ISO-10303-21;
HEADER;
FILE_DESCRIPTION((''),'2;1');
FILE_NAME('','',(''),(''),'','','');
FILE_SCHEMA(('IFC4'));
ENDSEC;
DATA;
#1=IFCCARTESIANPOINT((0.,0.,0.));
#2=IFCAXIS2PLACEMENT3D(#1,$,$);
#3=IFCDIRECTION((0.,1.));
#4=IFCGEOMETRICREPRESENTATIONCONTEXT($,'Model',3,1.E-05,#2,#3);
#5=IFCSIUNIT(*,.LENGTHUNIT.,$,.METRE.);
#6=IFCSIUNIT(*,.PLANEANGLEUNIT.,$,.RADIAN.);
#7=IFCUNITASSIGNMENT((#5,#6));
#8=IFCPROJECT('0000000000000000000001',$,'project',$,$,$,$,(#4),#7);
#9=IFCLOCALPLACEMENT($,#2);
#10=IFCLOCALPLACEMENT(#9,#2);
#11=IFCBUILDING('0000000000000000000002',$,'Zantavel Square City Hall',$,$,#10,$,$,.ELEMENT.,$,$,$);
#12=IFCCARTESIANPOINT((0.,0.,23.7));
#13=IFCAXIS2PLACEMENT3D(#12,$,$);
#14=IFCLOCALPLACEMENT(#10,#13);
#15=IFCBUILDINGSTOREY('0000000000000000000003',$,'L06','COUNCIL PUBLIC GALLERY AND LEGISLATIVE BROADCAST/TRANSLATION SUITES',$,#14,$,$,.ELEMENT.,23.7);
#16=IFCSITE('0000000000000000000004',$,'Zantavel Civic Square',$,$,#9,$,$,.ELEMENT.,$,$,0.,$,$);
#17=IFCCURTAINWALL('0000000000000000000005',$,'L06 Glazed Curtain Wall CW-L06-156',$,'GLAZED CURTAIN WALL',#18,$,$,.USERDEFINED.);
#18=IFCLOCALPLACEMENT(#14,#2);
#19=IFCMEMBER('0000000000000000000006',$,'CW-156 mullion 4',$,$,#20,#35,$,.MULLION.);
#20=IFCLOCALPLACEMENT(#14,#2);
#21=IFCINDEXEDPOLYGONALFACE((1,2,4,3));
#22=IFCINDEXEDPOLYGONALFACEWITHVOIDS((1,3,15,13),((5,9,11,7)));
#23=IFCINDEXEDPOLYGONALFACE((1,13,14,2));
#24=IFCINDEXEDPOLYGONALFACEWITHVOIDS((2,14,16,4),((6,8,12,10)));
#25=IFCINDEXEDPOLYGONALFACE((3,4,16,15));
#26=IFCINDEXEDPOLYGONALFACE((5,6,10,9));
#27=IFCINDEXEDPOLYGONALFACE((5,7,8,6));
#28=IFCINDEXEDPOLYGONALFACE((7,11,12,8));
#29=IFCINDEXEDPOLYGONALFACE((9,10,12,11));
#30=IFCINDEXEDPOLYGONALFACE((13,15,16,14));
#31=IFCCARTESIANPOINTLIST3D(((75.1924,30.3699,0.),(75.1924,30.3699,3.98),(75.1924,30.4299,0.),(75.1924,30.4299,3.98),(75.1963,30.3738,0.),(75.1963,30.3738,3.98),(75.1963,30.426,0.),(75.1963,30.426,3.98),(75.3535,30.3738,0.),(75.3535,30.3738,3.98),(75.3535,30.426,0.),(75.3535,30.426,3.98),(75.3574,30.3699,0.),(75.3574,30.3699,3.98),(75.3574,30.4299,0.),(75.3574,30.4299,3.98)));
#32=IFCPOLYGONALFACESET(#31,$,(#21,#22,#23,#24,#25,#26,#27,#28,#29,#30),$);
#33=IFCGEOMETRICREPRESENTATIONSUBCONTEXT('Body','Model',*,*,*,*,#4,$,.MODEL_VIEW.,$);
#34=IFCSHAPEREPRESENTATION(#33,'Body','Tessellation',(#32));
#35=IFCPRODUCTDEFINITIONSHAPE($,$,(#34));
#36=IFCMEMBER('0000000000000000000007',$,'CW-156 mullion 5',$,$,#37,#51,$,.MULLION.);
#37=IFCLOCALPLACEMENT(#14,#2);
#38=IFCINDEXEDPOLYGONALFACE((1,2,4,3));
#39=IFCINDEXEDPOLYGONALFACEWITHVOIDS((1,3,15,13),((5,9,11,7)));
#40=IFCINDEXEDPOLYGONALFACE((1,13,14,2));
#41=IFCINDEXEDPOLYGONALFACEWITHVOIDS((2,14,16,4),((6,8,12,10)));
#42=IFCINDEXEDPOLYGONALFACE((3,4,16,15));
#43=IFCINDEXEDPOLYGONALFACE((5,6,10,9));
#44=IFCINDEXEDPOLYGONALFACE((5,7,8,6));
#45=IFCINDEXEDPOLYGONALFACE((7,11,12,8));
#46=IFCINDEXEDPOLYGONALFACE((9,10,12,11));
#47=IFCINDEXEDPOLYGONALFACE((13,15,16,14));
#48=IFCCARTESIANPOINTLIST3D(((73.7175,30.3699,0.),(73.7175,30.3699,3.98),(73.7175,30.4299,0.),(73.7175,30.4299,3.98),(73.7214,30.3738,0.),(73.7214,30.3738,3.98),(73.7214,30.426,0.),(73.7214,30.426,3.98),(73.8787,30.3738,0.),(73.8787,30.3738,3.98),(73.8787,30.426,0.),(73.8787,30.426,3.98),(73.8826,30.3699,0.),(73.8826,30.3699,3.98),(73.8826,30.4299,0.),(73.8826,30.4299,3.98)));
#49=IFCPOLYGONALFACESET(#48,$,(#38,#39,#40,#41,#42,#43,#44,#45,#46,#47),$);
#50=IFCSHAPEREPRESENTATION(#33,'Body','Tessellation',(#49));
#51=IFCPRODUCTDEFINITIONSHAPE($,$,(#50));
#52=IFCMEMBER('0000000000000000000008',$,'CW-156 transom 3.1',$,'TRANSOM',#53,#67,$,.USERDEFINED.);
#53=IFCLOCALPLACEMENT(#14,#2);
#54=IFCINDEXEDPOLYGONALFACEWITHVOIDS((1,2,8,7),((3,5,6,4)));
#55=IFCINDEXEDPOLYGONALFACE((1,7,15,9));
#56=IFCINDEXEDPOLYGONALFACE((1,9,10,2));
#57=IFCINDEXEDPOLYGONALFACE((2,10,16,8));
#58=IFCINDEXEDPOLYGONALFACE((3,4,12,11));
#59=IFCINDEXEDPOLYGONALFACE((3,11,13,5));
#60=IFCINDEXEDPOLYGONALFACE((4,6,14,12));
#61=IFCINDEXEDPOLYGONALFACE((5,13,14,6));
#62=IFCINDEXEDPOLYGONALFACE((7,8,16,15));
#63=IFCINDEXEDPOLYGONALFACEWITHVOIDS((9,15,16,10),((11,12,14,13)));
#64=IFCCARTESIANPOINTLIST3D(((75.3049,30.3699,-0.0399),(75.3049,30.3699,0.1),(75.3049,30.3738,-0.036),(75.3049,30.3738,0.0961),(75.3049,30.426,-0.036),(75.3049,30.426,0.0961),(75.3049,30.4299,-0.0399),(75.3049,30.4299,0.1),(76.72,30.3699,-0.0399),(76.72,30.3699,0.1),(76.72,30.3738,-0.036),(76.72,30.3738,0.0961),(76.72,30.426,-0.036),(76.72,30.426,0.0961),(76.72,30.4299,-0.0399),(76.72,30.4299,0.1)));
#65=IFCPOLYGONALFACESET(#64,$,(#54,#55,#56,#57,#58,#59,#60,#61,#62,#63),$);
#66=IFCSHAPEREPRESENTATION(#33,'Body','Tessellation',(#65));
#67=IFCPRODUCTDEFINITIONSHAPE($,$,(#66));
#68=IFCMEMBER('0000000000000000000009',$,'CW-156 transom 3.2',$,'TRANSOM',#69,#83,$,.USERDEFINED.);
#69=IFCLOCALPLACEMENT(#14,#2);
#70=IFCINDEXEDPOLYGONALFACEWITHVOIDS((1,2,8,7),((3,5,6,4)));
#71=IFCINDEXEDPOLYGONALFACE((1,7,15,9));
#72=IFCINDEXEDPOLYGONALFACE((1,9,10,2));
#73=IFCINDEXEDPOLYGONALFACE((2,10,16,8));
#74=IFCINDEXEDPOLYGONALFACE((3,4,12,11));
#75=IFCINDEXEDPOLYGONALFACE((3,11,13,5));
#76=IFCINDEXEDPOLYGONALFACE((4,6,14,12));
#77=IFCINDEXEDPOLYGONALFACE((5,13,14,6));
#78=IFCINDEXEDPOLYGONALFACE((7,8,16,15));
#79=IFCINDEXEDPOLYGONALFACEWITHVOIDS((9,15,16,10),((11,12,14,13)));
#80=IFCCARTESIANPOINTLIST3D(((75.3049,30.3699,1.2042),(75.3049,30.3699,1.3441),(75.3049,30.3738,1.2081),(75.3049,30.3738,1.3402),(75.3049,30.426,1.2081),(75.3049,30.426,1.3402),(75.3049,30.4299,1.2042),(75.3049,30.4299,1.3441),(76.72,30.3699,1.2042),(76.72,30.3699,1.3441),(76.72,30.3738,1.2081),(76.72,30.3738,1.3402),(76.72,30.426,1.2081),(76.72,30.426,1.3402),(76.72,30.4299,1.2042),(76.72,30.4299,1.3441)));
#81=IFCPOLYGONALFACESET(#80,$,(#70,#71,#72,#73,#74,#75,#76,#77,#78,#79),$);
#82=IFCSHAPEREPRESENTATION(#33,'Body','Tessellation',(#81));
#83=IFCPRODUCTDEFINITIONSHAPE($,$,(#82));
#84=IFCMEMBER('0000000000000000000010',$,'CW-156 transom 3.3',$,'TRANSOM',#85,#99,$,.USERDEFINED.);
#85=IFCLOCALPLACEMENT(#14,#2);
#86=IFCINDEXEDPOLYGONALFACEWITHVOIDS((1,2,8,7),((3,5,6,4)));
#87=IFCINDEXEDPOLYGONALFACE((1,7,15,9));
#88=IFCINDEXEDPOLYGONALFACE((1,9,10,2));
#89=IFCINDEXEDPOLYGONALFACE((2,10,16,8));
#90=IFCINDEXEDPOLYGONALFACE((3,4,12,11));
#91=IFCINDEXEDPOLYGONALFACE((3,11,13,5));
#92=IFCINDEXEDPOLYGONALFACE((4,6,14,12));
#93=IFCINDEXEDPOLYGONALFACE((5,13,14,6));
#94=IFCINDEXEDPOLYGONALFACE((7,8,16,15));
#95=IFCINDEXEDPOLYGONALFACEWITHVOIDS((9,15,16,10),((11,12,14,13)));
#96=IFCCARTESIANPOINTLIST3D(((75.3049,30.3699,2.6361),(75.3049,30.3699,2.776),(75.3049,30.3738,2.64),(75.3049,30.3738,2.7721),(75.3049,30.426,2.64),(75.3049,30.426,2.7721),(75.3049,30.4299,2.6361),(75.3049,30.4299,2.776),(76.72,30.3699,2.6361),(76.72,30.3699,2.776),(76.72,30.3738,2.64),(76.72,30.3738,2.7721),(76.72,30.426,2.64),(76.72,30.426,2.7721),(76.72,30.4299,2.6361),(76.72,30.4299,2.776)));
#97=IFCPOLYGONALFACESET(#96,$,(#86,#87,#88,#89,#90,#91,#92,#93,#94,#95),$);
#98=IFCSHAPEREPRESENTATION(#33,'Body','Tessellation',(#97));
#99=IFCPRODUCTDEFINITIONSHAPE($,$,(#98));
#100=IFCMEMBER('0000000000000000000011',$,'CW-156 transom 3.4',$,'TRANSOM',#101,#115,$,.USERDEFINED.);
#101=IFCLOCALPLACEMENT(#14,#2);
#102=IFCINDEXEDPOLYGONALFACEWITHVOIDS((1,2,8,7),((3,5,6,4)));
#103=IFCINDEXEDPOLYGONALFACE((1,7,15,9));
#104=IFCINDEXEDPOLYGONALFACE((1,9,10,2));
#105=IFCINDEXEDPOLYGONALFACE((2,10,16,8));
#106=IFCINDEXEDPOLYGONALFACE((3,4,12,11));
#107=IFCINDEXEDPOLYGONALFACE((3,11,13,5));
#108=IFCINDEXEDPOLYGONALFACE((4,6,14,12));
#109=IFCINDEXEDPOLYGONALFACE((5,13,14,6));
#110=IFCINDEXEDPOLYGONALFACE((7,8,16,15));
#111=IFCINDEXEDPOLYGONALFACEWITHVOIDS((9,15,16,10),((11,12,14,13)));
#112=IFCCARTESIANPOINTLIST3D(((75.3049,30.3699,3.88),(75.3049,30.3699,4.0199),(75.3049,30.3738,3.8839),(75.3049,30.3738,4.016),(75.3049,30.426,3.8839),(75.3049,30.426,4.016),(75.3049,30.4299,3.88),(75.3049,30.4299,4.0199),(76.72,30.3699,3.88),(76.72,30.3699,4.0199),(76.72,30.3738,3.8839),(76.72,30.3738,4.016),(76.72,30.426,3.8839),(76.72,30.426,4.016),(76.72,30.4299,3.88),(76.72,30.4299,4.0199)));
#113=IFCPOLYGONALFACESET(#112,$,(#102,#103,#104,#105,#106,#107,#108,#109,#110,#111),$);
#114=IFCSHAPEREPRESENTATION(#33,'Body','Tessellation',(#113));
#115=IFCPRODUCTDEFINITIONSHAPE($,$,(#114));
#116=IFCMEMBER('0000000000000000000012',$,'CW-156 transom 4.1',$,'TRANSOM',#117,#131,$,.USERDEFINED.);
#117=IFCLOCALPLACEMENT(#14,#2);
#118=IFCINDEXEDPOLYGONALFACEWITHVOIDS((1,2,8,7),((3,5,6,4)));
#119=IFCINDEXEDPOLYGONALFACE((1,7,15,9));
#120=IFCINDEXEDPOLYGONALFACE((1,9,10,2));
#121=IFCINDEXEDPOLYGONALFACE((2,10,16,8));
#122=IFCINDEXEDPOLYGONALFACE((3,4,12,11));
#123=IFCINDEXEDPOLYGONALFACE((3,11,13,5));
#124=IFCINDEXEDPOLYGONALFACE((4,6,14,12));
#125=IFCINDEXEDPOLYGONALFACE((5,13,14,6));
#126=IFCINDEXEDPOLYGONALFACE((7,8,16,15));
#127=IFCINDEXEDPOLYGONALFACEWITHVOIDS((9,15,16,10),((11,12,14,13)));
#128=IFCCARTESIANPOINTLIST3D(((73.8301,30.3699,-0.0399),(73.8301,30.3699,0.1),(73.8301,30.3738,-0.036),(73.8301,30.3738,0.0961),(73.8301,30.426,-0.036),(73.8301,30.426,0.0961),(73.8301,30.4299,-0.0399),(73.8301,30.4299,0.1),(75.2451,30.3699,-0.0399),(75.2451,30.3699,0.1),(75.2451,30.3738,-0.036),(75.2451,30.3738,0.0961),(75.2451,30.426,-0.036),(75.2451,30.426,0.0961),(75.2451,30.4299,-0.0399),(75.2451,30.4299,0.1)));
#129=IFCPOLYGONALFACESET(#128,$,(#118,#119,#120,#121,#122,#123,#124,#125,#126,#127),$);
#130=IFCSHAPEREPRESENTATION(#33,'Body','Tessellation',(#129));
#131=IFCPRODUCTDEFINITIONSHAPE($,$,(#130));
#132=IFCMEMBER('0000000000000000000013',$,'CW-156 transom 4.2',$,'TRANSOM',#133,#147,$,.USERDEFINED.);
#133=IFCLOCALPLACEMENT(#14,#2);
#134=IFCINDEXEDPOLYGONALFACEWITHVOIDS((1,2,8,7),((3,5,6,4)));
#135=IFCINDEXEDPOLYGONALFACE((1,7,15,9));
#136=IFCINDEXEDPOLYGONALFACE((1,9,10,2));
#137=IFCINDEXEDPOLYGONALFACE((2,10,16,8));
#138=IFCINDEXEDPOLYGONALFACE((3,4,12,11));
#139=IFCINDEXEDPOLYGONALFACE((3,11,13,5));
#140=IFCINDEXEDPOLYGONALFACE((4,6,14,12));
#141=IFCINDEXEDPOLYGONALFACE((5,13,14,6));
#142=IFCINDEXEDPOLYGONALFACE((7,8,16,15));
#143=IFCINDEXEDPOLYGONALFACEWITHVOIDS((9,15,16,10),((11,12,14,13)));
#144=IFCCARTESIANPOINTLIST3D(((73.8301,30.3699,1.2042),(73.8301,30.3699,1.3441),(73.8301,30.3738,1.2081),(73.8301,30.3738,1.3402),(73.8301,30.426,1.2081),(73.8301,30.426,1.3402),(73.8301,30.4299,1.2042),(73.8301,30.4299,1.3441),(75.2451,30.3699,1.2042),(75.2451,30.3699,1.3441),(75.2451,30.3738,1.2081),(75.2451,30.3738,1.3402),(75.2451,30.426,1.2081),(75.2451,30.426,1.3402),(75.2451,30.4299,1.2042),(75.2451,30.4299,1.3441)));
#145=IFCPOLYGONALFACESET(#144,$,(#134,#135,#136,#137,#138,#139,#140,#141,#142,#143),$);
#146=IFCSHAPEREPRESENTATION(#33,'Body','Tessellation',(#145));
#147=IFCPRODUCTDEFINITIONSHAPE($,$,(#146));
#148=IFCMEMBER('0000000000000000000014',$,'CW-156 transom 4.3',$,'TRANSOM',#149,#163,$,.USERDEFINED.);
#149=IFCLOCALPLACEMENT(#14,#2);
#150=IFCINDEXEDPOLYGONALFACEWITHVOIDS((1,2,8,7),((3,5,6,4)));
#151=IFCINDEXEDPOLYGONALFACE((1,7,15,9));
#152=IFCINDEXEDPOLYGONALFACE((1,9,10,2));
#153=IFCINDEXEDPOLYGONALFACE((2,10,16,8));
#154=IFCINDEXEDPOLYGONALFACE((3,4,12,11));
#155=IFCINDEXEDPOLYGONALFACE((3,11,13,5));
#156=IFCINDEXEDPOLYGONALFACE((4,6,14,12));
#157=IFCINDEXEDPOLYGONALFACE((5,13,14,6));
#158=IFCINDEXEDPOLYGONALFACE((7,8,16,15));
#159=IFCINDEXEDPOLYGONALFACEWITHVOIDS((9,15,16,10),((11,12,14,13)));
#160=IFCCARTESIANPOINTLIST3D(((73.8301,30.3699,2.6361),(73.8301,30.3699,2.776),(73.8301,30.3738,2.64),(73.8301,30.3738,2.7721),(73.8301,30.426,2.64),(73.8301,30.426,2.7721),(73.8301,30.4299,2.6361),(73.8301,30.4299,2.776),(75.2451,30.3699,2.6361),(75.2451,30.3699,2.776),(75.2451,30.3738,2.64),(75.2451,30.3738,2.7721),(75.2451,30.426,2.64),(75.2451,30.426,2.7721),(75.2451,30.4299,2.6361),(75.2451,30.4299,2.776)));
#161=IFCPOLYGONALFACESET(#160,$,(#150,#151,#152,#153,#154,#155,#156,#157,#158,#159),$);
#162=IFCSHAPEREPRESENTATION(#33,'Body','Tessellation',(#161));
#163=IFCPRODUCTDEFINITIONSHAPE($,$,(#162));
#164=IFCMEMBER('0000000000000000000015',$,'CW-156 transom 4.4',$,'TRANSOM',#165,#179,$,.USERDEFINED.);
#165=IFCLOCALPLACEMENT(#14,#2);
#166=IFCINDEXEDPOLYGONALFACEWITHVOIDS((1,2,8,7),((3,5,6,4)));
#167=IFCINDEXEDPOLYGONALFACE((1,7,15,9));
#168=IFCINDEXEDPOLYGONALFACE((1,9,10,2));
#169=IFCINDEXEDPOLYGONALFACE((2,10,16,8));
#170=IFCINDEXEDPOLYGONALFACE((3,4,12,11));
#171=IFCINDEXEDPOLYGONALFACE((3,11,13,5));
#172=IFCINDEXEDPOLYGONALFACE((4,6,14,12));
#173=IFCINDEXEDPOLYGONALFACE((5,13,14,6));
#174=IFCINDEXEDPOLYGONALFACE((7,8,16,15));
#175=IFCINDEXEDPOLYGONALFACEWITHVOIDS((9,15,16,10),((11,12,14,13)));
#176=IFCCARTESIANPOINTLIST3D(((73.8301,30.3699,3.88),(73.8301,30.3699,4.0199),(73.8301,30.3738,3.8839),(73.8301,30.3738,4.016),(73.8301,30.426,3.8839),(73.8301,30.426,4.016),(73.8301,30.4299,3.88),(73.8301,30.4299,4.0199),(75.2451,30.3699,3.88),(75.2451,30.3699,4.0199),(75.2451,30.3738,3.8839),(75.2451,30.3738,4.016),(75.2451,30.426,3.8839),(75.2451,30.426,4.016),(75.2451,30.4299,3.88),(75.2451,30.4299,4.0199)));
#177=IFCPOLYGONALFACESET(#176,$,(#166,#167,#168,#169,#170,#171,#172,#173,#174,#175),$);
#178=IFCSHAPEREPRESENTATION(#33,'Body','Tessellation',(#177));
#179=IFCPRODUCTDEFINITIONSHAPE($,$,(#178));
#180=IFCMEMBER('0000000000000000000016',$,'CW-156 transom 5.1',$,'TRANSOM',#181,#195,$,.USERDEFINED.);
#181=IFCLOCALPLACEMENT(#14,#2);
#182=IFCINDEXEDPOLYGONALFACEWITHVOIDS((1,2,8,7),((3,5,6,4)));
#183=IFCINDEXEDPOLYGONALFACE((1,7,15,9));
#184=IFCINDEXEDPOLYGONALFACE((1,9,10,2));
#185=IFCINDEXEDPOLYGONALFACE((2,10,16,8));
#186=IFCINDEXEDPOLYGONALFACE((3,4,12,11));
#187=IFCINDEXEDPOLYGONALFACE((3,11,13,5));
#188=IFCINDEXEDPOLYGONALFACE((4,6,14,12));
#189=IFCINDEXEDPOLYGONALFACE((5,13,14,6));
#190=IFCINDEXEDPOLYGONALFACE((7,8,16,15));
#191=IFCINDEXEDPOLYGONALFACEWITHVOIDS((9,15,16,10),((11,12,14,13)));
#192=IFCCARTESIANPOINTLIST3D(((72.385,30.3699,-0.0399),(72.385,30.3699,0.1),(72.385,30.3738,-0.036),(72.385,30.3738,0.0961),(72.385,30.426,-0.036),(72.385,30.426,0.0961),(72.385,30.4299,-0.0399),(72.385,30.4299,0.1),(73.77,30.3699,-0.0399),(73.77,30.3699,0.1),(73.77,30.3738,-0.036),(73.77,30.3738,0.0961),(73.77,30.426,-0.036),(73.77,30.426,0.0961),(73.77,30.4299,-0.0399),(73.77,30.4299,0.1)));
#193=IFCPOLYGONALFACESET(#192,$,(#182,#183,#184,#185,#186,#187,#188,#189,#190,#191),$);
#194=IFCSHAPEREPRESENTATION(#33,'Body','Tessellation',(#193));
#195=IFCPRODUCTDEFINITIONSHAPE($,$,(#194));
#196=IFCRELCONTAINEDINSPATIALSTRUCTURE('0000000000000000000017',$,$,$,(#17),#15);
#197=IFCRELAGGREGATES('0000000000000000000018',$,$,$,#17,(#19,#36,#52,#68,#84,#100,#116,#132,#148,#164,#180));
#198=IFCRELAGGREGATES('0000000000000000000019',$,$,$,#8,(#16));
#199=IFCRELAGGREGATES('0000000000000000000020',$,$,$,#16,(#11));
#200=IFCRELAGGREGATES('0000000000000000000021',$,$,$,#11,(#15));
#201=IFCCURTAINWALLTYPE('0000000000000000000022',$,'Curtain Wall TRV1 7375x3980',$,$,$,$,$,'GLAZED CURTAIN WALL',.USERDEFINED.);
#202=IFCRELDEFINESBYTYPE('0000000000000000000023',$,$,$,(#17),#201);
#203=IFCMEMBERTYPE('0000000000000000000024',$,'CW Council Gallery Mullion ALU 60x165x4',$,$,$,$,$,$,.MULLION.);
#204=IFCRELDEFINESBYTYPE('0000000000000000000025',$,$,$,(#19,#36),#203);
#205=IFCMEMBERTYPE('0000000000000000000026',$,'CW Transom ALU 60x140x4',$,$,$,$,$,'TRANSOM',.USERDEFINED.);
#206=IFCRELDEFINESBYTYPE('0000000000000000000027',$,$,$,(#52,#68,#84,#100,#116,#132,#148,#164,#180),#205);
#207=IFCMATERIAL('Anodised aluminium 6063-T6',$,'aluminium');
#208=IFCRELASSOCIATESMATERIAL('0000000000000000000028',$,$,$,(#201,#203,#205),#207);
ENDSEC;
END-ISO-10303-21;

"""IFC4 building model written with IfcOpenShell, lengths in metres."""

from ifc_helpers import new_model, si_unit, direction, frame, origin, origin_2d, place, context, subcontext, project, spatial, hollow_rectangle, extrude, material, material_profile, profile_set, type_object, element, aggregate, save


model = new_model("IFC4")

# Units and contexts
model_context = context("Model", 3, precision=1e-05, world=origin(), true_north=direction((0.0, 1.0)))
body_context = subcontext(model_context, "Body", "Model", "MODEL_VIEW")
ifc_project = project(units=[si_unit("LENGTHUNIT", "METRE"), si_unit("PLANEANGLEUNIT", "RADIAN")], contexts=[model_context])

# Site, building, storey
site_placement = place(None, origin())
site = spatial("IfcSite", under=ifc_project, at=site_placement, Name="Zantavel Civic Square", CompositionType="ELEMENT", RefElevation=0.0)
building_placement = place(site_placement, origin())
building = spatial("IfcBuilding", under=site, at=building_placement, Name="Zantavel Square City Hall", CompositionType="ELEMENT")
storey_placement = place(building_placement, frame((0.0, 0.0, 23.7)))
storey = spatial("IfcBuildingStorey", under=building, at=storey_placement, Name="L06", Description="COUNCIL PUBLIC GALLERY AND LEGISLATIVE BROADCAST/TRANSLATION SUITES", CompositionType="ELEMENT", Elevation=23.7)

# Curtain wall, members
ifc_material_1 = material(Name="Anodised aluminium 6063-T6", Category="aluminium")
curtain_wall_type = type_object("IfcCurtainWallType", Name="Curtain Wall TRV1 7375x3980", ElementType="GLAZED CURTAIN WALL", PredefinedType="USERDEFINED", material=ifc_material_1)
curtain_wall_placement = place(storey_placement, origin())
curtain_wall = element("IfcCurtainWall", 1, at=curtain_wall_placement, inside=storey, type_object=curtain_wall_type, Name="L06 Glazed Curtain Wall CW-L06-156", ObjectType="GLAZED CURTAIN WALL", PredefinedType="USERDEFINED")
ifc_material_profile_1 = material_profile(ifc_material_1, hollow_rectangle(XDim=0.0601, YDim=0.165, WallThickness=0.0039, at=origin_2d()), Name="ALU 60x165x4")
ifc_profile_set_1 = profile_set([ifc_material_profile_1], Name="Anodised aluminium 6063-T6")
member_type_1 = type_object("IfcMemberType", Name="CW Council Gallery Mullion ALU 60x165x4", PredefinedType="MULLION", material=ifc_profile_set_1)
member_1_placement = place(storey_placement, frame((75.2749, 30.3999, 0.0), z_axis=(0.0, 0.0, 1.0), x_axis=(0.0, -1.0, 0.0)))
member_1 = element("IfcMember", 2, at=member_1_placement, type_object=member_type_1, Name="CW-156 mullion 4", PredefinedType="MULLION", context=body_context, shape_type="SweptSolid", body=[
    extrude(hollow_rectangle(XDim=0.0601, YDim=0.165, WallThickness=0.0039, at=origin_2d()), origin(), (0.0, 0.0, 1.0), 3.98),
])
member_2_placement = place(storey_placement, frame((73.8, 30.3999, 0.0), z_axis=(0.0, 0.0, 1.0), x_axis=(0.0, -1.0, 0.0)))
member_2 = element("IfcMember", 3, at=member_2_placement, type_object=member_type_1, Name="CW-156 mullion 5", PredefinedType="MULLION", context=body_context, shape_type="SweptSolid", body=[
    extrude(hollow_rectangle(XDim=0.0601, YDim=0.165, WallThickness=0.0039, at=origin_2d()), origin(), (0.0, 0.0, 1.0), 3.98),
])
ifc_material_profile_2 = material_profile(ifc_material_1, hollow_rectangle(XDim=0.0601, YDim=0.1399, WallThickness=0.0039, at=origin_2d()), Name="ALU 60x140x4")
ifc_profile_set_2 = profile_set([ifc_material_profile_2], Name="Anodised aluminium 6063-T6")
member_type_2 = type_object("IfcMemberType", Name="CW Transom ALU 60x140x4", ElementType="TRANSOM", PredefinedType="USERDEFINED", material=ifc_profile_set_2)
member_3_placement = place(storey_placement, frame((76.72, 30.3999, 0.03), z_axis=(-1.0, 0.0, 0.0), x_axis=(0.0, -1.0, 0.0)))
member_3 = element("IfcMember", 4, at=member_3_placement, type_object=member_type_2, Name="CW-156 transom 3.1", ObjectType="TRANSOM", PredefinedType="USERDEFINED", context=body_context, shape_type="SweptSolid", body=[
    extrude(hollow_rectangle(XDim=0.0601, YDim=0.1399, WallThickness=0.0039, at=origin_2d()), origin(), (0.0, 0.0, 1.0), 1.415),
])
member_4_placement = place(storey_placement, frame((76.72, 30.3999, 1.2742), z_axis=(-1.0, 0.0, 0.0), x_axis=(0.0, -1.0, 0.0)))
member_4 = element("IfcMember", 5, at=member_4_placement, type_object=member_type_2, Name="CW-156 transom 3.2", ObjectType="TRANSOM", PredefinedType="USERDEFINED", context=body_context, shape_type="SweptSolid", body=[
    extrude(hollow_rectangle(XDim=0.0601, YDim=0.1399, WallThickness=0.0039, at=origin_2d()), origin(), (0.0, 0.0, 1.0), 1.415),
])
member_5_placement = place(storey_placement, frame((76.72, 30.3999, 2.7061), z_axis=(-1.0, 0.0, 0.0), x_axis=(0.0, -1.0, 0.0)))
member_5 = element("IfcMember", 6, at=member_5_placement, type_object=member_type_2, Name="CW-156 transom 3.3", ObjectType="TRANSOM", PredefinedType="USERDEFINED", context=body_context, shape_type="SweptSolid", body=[
    extrude(hollow_rectangle(XDim=0.0601, YDim=0.1399, WallThickness=0.0039, at=origin_2d()), origin(), (0.0, 0.0, 1.0), 1.415),
])
member_6_placement = place(storey_placement, frame((76.72, 30.3999, 3.95), z_axis=(-1.0, 0.0, 0.0), x_axis=(0.0, -1.0, 0.0)))
member_6 = element("IfcMember", 7, at=member_6_placement, type_object=member_type_2, Name="CW-156 transom 3.4", ObjectType="TRANSOM", PredefinedType="USERDEFINED", context=body_context, shape_type="SweptSolid", body=[
    extrude(hollow_rectangle(XDim=0.0601, YDim=0.1399, WallThickness=0.0039, at=origin_2d()), origin(), (0.0, 0.0, 1.0), 1.415),
])
member_7_placement = place(storey_placement, frame((75.2451, 30.3999, 0.03), z_axis=(-1.0, 0.0, 0.0), x_axis=(0.0, -1.0, 0.0)))
member_7 = element("IfcMember", 8, at=member_7_placement, type_object=member_type_2, Name="CW-156 transom 4.1", ObjectType="TRANSOM", PredefinedType="USERDEFINED", context=body_context, shape_type="SweptSolid", body=[
    extrude(hollow_rectangle(XDim=0.0601, YDim=0.1399, WallThickness=0.0039, at=origin_2d()), origin(), (0.0, 0.0, 1.0), 1.415),
])
member_8_placement = place(storey_placement, frame((75.2451, 30.3999, 1.2742), z_axis=(-1.0, 0.0, 0.0), x_axis=(0.0, -1.0, 0.0)))
member_8 = element("IfcMember", 9, at=member_8_placement, type_object=member_type_2, Name="CW-156 transom 4.2", ObjectType="TRANSOM", PredefinedType="USERDEFINED", context=body_context, shape_type="SweptSolid", body=[
    extrude(hollow_rectangle(XDim=0.0601, YDim=0.1399, WallThickness=0.0039, at=origin_2d()), origin(), (0.0, 0.0, 1.0), 1.415),
])
member_9_placement = place(storey_placement, frame((75.2451, 30.3999, 2.7061), z_axis=(-1.0, 0.0, 0.0), x_axis=(0.0, -1.0, 0.0)))
member_9 = element("IfcMember", 10, at=member_9_placement, type_object=member_type_2, Name="CW-156 transom 4.3", ObjectType="TRANSOM", PredefinedType="USERDEFINED", context=body_context, shape_type="SweptSolid", body=[
    extrude(hollow_rectangle(XDim=0.0601, YDim=0.1399, WallThickness=0.0039, at=origin_2d()), origin(), (0.0, 0.0, 1.0), 1.415),
])
member_10_placement = place(storey_placement, frame((75.2451, 30.3999, 3.95), z_axis=(-1.0, 0.0, 0.0), x_axis=(0.0, -1.0, 0.0)))
member_10 = element("IfcMember", 11, at=member_10_placement, type_object=member_type_2, Name="CW-156 transom 4.4", ObjectType="TRANSOM", PredefinedType="USERDEFINED", context=body_context, shape_type="SweptSolid", body=[
    extrude(hollow_rectangle(XDim=0.0601, YDim=0.1399, WallThickness=0.0039, at=origin_2d()), origin(), (0.0, 0.0, 1.0), 1.415),
])
member_11_placement = place(storey_placement, frame((73.77, 30.3999, 0.03), z_axis=(-1.0, 0.0, 0.0), x_axis=(0.0, -1.0, 0.0)))
member_11 = element("IfcMember", 12, at=member_11_placement, type_object=member_type_2, Name="CW-156 transom 5.1", ObjectType="TRANSOM", PredefinedType="USERDEFINED", context=body_context, shape_type="SweptSolid", body=[
    extrude(hollow_rectangle(XDim=0.0601, YDim=0.1399, WallThickness=0.0039, at=origin_2d()), origin(), (0.0, 0.0, 1.0), 1.385),
])
aggregate(curtain_wall, [member_1, member_2, member_3, member_4, member_5, member_6, member_7, member_8, member_9, member_10, member_11])

save(model, "model.ifc")
